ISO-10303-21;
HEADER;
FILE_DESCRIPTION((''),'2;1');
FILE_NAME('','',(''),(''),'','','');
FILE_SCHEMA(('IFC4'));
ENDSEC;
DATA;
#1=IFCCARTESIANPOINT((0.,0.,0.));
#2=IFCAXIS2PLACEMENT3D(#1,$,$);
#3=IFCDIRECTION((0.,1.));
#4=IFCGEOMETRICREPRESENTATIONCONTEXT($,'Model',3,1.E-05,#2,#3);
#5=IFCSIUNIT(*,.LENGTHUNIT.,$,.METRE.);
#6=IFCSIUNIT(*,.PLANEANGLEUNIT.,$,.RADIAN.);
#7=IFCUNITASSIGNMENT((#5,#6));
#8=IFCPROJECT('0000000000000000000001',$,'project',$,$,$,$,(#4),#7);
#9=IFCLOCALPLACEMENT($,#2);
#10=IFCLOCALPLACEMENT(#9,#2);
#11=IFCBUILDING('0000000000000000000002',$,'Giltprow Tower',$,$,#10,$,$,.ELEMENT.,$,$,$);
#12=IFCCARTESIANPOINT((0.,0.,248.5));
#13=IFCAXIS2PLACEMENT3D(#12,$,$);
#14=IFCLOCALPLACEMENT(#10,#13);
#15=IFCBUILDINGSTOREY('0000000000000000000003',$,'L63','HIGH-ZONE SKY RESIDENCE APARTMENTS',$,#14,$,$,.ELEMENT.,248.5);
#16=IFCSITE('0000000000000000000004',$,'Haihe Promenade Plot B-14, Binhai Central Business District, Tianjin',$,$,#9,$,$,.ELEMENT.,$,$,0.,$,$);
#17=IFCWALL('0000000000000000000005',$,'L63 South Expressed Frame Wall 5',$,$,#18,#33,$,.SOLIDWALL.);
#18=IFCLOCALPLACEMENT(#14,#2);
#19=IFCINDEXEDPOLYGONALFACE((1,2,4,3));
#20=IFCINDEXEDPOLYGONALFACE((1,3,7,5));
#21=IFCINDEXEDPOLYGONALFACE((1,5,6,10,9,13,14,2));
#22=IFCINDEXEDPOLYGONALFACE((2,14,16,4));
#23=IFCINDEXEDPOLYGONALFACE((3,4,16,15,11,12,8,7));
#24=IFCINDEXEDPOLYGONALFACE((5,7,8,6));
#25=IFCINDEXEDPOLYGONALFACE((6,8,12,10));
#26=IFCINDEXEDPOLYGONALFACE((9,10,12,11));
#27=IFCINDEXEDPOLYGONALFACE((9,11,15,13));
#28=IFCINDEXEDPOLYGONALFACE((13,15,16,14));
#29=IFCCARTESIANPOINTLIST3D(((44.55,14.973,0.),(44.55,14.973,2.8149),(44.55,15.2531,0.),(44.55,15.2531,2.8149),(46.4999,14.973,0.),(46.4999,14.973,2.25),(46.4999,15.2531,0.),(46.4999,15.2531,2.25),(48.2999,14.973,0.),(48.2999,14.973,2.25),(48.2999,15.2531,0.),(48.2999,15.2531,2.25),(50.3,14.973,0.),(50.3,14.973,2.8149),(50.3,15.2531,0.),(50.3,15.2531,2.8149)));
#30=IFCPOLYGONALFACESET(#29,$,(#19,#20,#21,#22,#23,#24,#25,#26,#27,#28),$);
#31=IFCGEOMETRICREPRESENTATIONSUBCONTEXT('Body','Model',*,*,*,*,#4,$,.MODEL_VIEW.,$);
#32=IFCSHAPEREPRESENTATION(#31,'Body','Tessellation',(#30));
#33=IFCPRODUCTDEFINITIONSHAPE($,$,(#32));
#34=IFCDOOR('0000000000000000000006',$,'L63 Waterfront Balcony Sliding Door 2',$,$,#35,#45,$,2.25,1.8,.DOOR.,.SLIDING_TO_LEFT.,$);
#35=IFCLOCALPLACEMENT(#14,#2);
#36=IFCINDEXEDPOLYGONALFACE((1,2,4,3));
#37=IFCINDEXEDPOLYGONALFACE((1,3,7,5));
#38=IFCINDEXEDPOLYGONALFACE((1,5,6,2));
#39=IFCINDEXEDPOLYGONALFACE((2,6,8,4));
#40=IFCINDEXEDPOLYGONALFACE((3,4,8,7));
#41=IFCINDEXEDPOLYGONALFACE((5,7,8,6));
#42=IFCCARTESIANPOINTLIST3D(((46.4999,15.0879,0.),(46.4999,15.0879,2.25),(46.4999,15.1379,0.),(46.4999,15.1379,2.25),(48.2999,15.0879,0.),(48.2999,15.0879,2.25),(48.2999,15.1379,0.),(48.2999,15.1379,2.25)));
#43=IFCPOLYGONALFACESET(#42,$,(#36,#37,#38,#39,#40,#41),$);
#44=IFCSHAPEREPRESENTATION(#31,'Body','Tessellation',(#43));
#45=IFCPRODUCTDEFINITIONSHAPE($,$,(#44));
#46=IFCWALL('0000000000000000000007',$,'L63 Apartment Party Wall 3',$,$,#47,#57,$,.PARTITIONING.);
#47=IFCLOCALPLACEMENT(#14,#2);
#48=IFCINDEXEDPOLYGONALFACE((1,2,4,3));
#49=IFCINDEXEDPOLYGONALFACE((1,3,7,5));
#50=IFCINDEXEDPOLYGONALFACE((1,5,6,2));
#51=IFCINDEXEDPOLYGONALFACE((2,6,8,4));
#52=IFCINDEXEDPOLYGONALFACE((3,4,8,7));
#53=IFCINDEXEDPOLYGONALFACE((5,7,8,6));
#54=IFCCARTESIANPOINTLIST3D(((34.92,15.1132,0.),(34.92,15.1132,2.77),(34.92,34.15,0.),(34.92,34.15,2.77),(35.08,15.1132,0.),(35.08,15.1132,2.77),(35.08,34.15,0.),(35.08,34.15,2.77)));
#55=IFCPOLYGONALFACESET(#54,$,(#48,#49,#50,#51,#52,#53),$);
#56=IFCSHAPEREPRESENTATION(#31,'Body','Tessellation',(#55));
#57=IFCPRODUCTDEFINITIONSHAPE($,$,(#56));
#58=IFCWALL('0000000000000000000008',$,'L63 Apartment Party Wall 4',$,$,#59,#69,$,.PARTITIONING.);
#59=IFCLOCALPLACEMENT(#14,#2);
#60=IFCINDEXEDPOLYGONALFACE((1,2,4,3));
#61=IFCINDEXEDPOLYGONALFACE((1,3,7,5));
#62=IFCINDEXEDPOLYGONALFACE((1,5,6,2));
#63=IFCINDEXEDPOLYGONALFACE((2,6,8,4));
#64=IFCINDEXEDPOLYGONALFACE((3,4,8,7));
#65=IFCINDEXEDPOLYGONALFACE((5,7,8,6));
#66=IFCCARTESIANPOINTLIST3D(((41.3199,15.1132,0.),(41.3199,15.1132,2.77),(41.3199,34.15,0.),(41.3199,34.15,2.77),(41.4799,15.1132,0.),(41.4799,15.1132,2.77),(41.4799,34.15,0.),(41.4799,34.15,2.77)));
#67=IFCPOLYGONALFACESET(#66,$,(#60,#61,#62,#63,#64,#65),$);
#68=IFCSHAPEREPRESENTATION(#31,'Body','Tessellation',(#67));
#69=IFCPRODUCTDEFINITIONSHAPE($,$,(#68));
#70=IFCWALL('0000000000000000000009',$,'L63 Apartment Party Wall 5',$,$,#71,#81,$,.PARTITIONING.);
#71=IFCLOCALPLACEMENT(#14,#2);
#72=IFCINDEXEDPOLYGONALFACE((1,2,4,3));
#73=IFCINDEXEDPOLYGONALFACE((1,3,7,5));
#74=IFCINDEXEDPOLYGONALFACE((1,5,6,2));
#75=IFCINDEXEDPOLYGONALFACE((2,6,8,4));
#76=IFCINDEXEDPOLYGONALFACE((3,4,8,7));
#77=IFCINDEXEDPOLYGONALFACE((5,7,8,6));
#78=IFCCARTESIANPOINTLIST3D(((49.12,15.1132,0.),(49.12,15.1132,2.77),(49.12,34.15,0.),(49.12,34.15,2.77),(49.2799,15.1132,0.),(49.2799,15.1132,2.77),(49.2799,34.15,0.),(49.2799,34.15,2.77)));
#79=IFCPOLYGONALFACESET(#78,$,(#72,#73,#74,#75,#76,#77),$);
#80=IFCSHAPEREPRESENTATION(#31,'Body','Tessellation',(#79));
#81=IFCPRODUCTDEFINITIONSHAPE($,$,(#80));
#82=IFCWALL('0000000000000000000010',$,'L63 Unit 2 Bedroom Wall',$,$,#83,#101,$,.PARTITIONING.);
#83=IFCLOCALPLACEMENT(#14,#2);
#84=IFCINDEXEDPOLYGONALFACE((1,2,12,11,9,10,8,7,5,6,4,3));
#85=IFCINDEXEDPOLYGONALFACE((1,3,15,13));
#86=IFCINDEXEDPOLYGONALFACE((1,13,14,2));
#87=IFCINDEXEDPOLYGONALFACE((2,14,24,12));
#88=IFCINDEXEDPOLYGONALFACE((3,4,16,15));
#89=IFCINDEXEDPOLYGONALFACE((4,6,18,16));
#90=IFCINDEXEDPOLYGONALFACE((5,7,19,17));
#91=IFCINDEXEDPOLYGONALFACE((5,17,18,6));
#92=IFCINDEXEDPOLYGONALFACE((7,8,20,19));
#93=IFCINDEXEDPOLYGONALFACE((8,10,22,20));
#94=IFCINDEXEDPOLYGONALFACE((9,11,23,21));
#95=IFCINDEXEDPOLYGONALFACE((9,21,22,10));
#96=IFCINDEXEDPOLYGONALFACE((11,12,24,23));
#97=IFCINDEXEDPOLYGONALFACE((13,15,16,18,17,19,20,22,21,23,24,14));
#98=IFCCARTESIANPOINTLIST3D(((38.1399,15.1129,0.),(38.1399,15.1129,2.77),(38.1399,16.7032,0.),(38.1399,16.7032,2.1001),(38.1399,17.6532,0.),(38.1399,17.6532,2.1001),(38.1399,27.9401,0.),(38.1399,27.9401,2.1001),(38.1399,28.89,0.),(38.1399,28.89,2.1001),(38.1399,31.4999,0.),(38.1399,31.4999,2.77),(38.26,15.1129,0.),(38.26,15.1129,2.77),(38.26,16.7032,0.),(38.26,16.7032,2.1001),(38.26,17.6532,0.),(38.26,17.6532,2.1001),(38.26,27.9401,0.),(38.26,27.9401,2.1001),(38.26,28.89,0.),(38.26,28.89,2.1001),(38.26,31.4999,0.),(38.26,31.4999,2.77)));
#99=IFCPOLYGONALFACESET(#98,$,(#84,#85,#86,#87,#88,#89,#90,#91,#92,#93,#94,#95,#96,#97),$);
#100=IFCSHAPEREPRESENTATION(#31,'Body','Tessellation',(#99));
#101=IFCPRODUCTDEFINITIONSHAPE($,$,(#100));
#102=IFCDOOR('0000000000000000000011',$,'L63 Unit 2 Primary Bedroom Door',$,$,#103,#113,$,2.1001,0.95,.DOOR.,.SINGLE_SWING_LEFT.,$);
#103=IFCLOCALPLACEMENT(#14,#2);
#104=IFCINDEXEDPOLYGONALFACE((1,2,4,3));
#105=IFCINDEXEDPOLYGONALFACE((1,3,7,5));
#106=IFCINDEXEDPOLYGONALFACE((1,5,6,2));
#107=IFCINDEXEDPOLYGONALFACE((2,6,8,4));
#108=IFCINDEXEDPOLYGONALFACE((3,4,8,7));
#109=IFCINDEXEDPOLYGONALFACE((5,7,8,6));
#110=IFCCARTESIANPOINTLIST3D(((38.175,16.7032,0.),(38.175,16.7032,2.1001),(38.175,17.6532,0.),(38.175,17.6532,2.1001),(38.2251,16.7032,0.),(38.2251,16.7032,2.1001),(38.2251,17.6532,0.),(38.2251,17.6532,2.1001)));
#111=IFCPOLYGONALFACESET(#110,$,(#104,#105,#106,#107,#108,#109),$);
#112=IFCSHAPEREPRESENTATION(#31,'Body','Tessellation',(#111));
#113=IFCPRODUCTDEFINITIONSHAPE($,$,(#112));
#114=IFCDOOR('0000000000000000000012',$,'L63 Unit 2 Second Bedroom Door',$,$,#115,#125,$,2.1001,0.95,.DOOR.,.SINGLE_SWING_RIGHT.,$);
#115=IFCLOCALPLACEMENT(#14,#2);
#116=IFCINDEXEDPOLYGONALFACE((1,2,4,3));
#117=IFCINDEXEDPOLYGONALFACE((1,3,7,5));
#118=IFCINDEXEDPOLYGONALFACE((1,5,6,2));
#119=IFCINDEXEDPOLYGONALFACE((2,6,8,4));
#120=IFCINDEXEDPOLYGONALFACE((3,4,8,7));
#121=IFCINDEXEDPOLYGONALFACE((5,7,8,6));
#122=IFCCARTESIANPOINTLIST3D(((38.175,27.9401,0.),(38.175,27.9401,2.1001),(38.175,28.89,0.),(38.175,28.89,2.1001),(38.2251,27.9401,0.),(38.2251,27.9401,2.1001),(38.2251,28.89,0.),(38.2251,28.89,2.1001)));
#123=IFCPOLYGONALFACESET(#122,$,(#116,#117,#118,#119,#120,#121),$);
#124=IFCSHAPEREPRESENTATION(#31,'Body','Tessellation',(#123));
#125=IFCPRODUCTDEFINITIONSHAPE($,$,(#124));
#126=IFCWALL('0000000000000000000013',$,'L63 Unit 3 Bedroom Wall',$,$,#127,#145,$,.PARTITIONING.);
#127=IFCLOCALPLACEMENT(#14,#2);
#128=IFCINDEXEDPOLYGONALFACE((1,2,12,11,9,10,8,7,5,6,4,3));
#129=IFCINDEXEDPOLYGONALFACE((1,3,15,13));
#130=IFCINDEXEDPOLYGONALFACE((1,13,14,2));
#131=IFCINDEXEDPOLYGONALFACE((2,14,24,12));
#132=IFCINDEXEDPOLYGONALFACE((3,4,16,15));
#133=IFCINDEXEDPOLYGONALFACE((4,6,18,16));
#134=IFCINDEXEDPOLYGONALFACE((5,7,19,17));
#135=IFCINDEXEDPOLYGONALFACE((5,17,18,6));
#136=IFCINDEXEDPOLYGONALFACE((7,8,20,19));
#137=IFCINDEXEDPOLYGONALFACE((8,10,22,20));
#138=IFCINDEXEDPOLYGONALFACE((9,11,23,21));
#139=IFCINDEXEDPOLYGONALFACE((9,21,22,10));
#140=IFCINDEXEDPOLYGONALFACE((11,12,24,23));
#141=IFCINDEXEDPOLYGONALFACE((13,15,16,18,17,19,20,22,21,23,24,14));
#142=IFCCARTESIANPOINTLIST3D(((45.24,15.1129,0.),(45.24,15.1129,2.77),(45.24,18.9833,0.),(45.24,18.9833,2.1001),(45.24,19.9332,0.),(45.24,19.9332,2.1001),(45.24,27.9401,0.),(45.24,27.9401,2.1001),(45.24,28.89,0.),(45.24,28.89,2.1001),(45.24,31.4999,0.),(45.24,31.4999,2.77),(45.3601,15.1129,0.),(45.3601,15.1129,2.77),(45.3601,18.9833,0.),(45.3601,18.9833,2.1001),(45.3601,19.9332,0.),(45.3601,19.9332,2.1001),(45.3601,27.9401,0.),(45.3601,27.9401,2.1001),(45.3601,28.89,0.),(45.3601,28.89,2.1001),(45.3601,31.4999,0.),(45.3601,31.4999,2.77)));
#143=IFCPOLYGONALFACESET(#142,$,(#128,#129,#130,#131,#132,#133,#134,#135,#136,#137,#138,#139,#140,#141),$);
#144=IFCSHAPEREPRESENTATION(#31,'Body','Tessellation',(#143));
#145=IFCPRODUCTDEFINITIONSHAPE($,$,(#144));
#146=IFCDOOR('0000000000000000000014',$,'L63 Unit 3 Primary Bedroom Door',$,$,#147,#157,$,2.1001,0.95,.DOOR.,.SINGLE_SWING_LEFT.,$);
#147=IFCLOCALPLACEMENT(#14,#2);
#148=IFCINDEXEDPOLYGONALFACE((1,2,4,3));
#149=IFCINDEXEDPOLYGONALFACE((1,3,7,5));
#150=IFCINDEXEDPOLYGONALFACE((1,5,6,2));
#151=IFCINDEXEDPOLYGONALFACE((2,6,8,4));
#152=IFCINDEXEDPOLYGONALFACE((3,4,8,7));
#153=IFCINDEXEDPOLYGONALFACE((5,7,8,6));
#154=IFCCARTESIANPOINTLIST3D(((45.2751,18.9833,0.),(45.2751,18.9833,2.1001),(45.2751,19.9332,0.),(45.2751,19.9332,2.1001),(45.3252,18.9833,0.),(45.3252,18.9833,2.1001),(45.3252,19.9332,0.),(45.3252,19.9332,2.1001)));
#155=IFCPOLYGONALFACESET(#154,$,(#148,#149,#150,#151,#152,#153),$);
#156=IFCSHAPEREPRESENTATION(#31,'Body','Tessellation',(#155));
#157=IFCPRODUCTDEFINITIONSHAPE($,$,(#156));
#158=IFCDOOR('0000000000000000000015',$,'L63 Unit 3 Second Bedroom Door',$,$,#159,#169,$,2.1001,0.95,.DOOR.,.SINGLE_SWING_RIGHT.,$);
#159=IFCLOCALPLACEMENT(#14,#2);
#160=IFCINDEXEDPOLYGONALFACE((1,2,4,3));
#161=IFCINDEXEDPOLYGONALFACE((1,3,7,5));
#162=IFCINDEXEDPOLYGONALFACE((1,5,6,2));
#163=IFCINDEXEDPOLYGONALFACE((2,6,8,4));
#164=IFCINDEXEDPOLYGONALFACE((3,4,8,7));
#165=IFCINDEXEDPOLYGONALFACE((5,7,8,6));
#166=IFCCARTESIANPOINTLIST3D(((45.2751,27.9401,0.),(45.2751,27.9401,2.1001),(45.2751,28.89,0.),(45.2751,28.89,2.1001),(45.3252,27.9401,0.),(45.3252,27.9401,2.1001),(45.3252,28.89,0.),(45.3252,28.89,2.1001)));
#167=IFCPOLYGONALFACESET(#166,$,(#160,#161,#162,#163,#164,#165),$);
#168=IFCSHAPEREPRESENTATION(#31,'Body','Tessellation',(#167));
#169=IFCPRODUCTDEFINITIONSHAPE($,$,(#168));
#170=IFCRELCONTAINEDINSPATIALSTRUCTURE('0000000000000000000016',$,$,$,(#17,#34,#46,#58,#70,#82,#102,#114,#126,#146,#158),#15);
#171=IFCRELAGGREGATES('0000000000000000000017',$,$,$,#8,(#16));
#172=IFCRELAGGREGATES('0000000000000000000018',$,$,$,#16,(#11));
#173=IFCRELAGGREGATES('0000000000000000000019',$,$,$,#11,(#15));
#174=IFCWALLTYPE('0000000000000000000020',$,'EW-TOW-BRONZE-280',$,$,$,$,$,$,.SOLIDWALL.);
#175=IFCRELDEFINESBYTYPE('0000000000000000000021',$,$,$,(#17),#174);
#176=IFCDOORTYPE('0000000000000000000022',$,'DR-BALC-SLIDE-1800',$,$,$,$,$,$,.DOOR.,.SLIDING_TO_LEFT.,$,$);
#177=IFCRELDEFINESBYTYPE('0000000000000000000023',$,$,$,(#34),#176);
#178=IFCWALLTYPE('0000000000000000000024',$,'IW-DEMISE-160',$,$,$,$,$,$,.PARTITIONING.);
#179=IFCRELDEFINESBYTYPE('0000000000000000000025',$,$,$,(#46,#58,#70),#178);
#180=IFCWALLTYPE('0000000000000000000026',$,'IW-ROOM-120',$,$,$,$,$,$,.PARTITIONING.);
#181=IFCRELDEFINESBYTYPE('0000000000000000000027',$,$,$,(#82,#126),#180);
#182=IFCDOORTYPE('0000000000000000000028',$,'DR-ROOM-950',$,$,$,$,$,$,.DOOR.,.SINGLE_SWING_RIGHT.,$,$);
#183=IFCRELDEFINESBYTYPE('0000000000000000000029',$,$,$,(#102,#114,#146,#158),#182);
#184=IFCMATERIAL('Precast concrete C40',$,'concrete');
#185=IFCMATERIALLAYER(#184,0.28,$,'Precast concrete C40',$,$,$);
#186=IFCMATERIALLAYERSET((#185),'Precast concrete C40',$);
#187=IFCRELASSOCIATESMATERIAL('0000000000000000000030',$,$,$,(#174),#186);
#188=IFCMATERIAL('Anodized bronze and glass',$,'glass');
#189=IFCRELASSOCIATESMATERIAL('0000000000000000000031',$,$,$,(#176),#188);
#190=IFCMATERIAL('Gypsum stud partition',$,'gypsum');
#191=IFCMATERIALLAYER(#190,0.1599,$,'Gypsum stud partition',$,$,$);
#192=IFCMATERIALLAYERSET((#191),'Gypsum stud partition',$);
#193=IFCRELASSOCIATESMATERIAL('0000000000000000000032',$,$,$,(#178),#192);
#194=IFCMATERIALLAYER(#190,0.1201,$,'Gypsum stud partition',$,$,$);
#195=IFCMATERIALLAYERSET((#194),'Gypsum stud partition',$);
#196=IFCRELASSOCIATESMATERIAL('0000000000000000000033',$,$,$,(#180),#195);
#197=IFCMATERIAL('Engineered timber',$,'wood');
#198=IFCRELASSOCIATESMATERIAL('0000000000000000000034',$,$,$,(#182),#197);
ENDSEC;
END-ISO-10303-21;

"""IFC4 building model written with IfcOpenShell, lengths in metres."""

from ifc_helpers import new_model, si_unit, direction, frame, frame_2d, origin, place, context, subcontext, project, spatial, rectangle, extrude, source, transform, mapped, material, layer, layer_set, type_object, element, fill, save


model = new_model("IFC4")

# Units and contexts
model_context = context("Model", 3, precision=1e-05, world=origin(), true_north=direction((0.0, 1.0)))
body_context = subcontext(model_context, "Body", "Model", "MODEL_VIEW")
ifc_project = project(units=[si_unit("LENGTHUNIT", "METRE"), si_unit("PLANEANGLEUNIT", "RADIAN")], contexts=[model_context])

# Site, building, storey
site_placement = place(None, origin())
site = spatial("IfcSite", under=ifc_project, at=site_placement, Name="Haihe Promenade Plot B-14, Binhai Central Business District, Tianjin", CompositionType="ELEMENT", RefElevation=0.0)
building_placement = place(site_placement, origin())
building = spatial("IfcBuilding", under=site, at=building_placement, Name="Giltprow Tower", CompositionType="ELEMENT")
storey_placement = place(building_placement, frame((0.0, 0.0, 248.5)))
storey = spatial("IfcBuildingStorey", under=building, at=storey_placement, Name="L63", Description="HIGH-ZONE SKY RESIDENCE APARTMENTS", CompositionType="ELEMENT", Elevation=248.5)

# Shared definitions
ifc_material_1 = material(Name="Precast concrete C40", Category="concrete")
ifc_layer_1 = layer(ifc_material_1, 0.28, Name="Precast concrete C40")
ifc_layer_set_1 = layer_set([ifc_layer_1], Name="Precast concrete C40")
wall_type_1 = type_object("IfcWallType", Name="EW-TOW-BRONZE-280", PredefinedType="SOLIDWALL", material=ifc_layer_set_1)

# Wall, opening, door
wall_1_placement = place(storey_placement, frame((44.55, 15.113, 0.0), z_axis=(0.0, 0.0, 1.0), x_axis=(1.0, 0.0, 0.0)))
wall_1 = element("IfcWall", 1, at=wall_1_placement, inside=storey, type_object=wall_type_1, Name="L63 South Expressed Frame Wall 5", PredefinedType="SOLIDWALL", context=body_context, shape_type="SweptSolid", body=[
    extrude(rectangle(XDim=5.75, YDim=0.28, at=frame_2d((2.875, 0.0))), origin(), (0.0, 0.0, 1.0), 2.8149),
])
opening_1_placement = place(wall_1_placement, frame((1.95, 0.0, 0.0)))
opening_1 = element("IfcOpeningElement", 2, at=opening_1_placement, cuts=wall_1, PredefinedType="OPENING", context=body_context, shape_type="SweptSolid", body=[
    extrude(rectangle(XDim=1.8, YDim=2.25, at=frame_2d((0.8999, 1.125))), frame((0.0, 0.1499, 0.0), z_axis=(0.0, -1.0, 0.0), x_axis=(1.0, 0.0, 0.0)), (0.0, 0.0, 1.0), 0.3),
])
ifc_material_2 = material(Name="Anodized bronze and glass", Category="glass")
door_type_1 = type_object("IfcDoorType", Name="DR-BALC-SLIDE-1800", OperationType="SLIDING_TO_LEFT", PredefinedType="DOOR", material=ifc_material_2)
shared_shape_1 = source(origin(), body_context, "Body", "SweptSolid", [
    extrude(rectangle(XDim=1.8, YDim=2.25, at=frame_2d((0.8999, 1.125))), frame((0.0, 0.0249, 0.0), z_axis=(0.0, -1.0, 0.0), x_axis=(1.0, 0.0, 0.0)), (0.0, 0.0, 1.0), 0.05),
])
door_1_placement = place(opening_1_placement, origin())
door_1 = element("IfcDoor", 3, at=door_1_placement, inside=storey, type_object=door_type_1, Name="L63 Waterfront Balcony Sliding Door 2", OperationType="SLIDING_TO_LEFT", OverallHeight=2.25, OverallWidth=1.8, PredefinedType="DOOR", context=body_context, shape_type="MappedRepresentation", body=[
    mapped(shared_shape_1, transform((0.0, 0.0, 0.0), x_axis=(1.0, 0.0, 0.0), y_axis=(0.0, 1.0, 0.0), z_axis=(0.0, 0.0, 1.0), scale=1.0)),
])
fill(opening_1, door_1)

# Walls
ifc_material_3 = material(Name="Gypsum stud partition", Category="gypsum")
ifc_layer_2 = layer(ifc_material_3, 0.1599, Name="Gypsum stud partition")
ifc_layer_set_2 = layer_set([ifc_layer_2], Name="Gypsum stud partition")
wall_type_2 = type_object("IfcWallType", Name="IW-DEMISE-160", PredefinedType="PARTITIONING", material=ifc_layer_set_2)
for number, where, z_axis, x_axis, name in (
    (4, (35.0, 15.113, 0.0), (0.0, 0.0, 1.0), (0.0, 1.0, 0.0), "L63 Apartment Party Wall 3"),
    (5, (41.3999, 15.113, 0.0), (0.0, 0.0, 1.0), (0.0, 1.0, 0.0), "L63 Apartment Party Wall 4"),
    (6, (49.2, 15.113, 0.0), (0.0, 0.0, 1.0), (0.0, 1.0, 0.0), "L63 Apartment Party Wall 5"),
):
    element("IfcWall", number, at=place(storey_placement, frame(where, z_axis=z_axis, x_axis=x_axis)), inside=storey, type_object=wall_type_2, Name=name, PredefinedType="PARTITIONING", context=body_context, shape_type="SweptSolid", body=[
        extrude(rectangle(XDim=19.0369, YDim=0.1599, at=frame_2d((9.5186, 0.0))), origin(), (0.0, 0.0, 1.0), 2.77),
    ])

# Walls, openings, doors
ifc_layer_3 = layer(ifc_material_3, 0.1201, Name="Gypsum stud partition")
ifc_layer_set_3 = layer_set([ifc_layer_3], Name="Gypsum stud partition")
wall_type_3 = type_object("IfcWallType", Name="IW-ROOM-120", PredefinedType="PARTITIONING", material=ifc_layer_set_3)
wall_2_placement = place(storey_placement, frame((38.2, 15.113, 0.0), z_axis=(0.0, 0.0, 1.0), x_axis=(0.0, 1.0, 0.0)))
wall_2 = element("IfcWall", 7, at=wall_2_placement, inside=storey, type_object=wall_type_3, Name="L63 Unit 2 Bedroom Wall", PredefinedType="PARTITIONING", context=body_context, shape_type="SweptSolid", body=[
    extrude(rectangle(XDim=16.387, YDim=0.1201, at=frame_2d((8.1934, 0.0))), origin(), (0.0, 0.0, 1.0), 2.77),
])
opening_2_placement = place(wall_2_placement, frame((1.5901, 0.0, 0.0)))
opening_2 = element("IfcOpeningElement", 8, at=opening_2_placement, cuts=wall_2, PredefinedType="OPENING", context=body_context, shape_type="SweptSolid", body=[
    extrude(rectangle(XDim=0.95, YDim=2.1001, at=frame_2d((0.4751, 1.05))), frame((0.0, 0.0701, 0.0), z_axis=(0.0, -1.0, 0.0), x_axis=(1.0, 0.0, 0.0)), (0.0, 0.0, 1.0), 0.1401),
])
opening_3_placement = place(wall_2_placement, frame((12.8269, 0.0, 0.0)))
opening_3 = element("IfcOpeningElement", 9, at=opening_3_placement, cuts=wall_2, PredefinedType="OPENING", context=body_context, shape_type="SweptSolid", body=[
    extrude(rectangle(XDim=0.95, YDim=2.1001, at=frame_2d((0.4751, 1.05))), frame((0.0, 0.0701, 0.0), z_axis=(0.0, -1.0, 0.0), x_axis=(1.0, 0.0, 0.0)), (0.0, 0.0, 1.0), 0.1401),
])
ifc_material_4 = material(Name="Engineered timber", Category="wood")
door_type_2 = type_object("IfcDoorType", Name="DR-ROOM-950", OperationType="SINGLE_SWING_RIGHT", PredefinedType="DOOR", material=ifc_material_4)
shared_shape_2 = source(origin(), body_context, "Body", "SweptSolid", [
    extrude(rectangle(XDim=0.95, YDim=2.1001, at=frame_2d((0.4751, 1.05))), frame((0.0, 0.0249, 0.0), z_axis=(0.0, -1.0, 0.0), x_axis=(1.0, 0.0, 0.0)), (0.0, 0.0, 1.0), 0.05),
])
door_2_placement = place(opening_2_placement, origin())
door_2 = element("IfcDoor", 10, at=door_2_placement, inside=storey, type_object=door_type_2, Name="L63 Unit 2 Primary Bedroom Door", OperationType="SINGLE_SWING_LEFT", OverallHeight=2.1001, OverallWidth=0.95, PredefinedType="DOOR", context=body_context, shape_type="MappedRepresentation", body=[
    mapped(shared_shape_2, transform((0.0, 0.0, 0.0), x_axis=(1.0, 0.0, 0.0), y_axis=(0.0, 1.0, 0.0), z_axis=(0.0, 0.0, 1.0), scale=1.0)),
])
fill(opening_2, door_2)
door_3_placement = place(opening_3_placement, origin())
door_3 = element("IfcDoor", 11, at=door_3_placement, inside=storey, type_object=door_type_2, Name="L63 Unit 2 Second Bedroom Door", OperationType="SINGLE_SWING_RIGHT", OverallHeight=2.1001, OverallWidth=0.95, PredefinedType="DOOR", context=body_context, shape_type="MappedRepresentation", body=[
    mapped(shared_shape_2, transform((0.0, 0.0, 0.0), x_axis=(1.0, 0.0, 0.0), y_axis=(0.0, 1.0, 0.0), z_axis=(0.0, 0.0, 1.0), scale=1.0)),
])
fill(opening_3, door_3)
wall_3_placement = place(storey_placement, frame((45.3, 15.113, 0.0), z_axis=(0.0, 0.0, 1.0), x_axis=(0.0, 1.0, 0.0)))
wall_3 = element("IfcWall", 12, at=wall_3_placement, inside=storey, type_object=wall_type_3, Name="L63 Unit 3 Bedroom Wall", PredefinedType="PARTITIONING", context=body_context, shape_type="SweptSolid", body=[
    extrude(rectangle(XDim=16.387, YDim=0.1201, at=frame_2d((8.1934, 0.0))), origin(), (0.0, 0.0, 1.0), 2.77),
])
opening_4_placement = place(wall_3_placement, frame((3.8701, 0.0, 0.0)))
opening_4 = element("IfcOpeningElement", 13, at=opening_4_placement, cuts=wall_3, PredefinedType="OPENING", context=body_context, shape_type="SweptSolid", body=[
    extrude(rectangle(XDim=0.95, YDim=2.1001, at=frame_2d((0.4751, 1.05))), frame((0.0, 0.0701, 0.0), z_axis=(0.0, -1.0, 0.0), x_axis=(1.0, 0.0, 0.0)), (0.0, 0.0, 1.0), 0.1401),
])
opening_5_placement = place(wall_3_placement, frame((12.8269, 0.0, 0.0)))
opening_5 = element("IfcOpeningElement", 14, at=opening_5_placement, cuts=wall_3, PredefinedType="OPENING", context=body_context, shape_type="SweptSolid", body=[
    extrude(rectangle(XDim=0.95, YDim=2.1001, at=frame_2d((0.4751, 1.05))), frame((0.0, 0.0701, 0.0), z_axis=(0.0, -1.0, 0.0), x_axis=(1.0, 0.0, 0.0)), (0.0, 0.0, 1.0), 0.1401),
])
door_4_placement = place(opening_4_placement, origin())
door_4 = element("IfcDoor", 15, at=door_4_placement, inside=storey, type_object=door_type_2, Name="L63 Unit 3 Primary Bedroom Door", OperationType="SINGLE_SWING_LEFT", OverallHeight=2.1001, OverallWidth=0.95, PredefinedType="DOOR", context=body_context, shape_type="MappedRepresentation", body=[
    mapped(shared_shape_2, transform((0.0, 0.0, 0.0), x_axis=(1.0, 0.0, 0.0), y_axis=(0.0, 1.0, 0.0), z_axis=(0.0, 0.0, 1.0), scale=1.0)),
])
fill(opening_4, door_4)
door_5_placement = place(opening_5_placement, origin())
door_5 = element("IfcDoor", 16, at=door_5_placement, inside=storey, type_object=door_type_2, Name="L63 Unit 3 Second Bedroom Door", OperationType="SINGLE_SWING_RIGHT", OverallHeight=2.1001, OverallWidth=0.95, PredefinedType="DOOR", context=body_context, shape_type="MappedRepresentation", body=[
    mapped(shared_shape_2, transform((0.0, 0.0, 0.0), x_axis=(1.0, 0.0, 0.0), y_axis=(0.0, 1.0, 0.0), z_axis=(0.0, 0.0, 1.0), scale=1.0)),
])
fill(opening_5, door_5)

save(model, "model.ifc")
